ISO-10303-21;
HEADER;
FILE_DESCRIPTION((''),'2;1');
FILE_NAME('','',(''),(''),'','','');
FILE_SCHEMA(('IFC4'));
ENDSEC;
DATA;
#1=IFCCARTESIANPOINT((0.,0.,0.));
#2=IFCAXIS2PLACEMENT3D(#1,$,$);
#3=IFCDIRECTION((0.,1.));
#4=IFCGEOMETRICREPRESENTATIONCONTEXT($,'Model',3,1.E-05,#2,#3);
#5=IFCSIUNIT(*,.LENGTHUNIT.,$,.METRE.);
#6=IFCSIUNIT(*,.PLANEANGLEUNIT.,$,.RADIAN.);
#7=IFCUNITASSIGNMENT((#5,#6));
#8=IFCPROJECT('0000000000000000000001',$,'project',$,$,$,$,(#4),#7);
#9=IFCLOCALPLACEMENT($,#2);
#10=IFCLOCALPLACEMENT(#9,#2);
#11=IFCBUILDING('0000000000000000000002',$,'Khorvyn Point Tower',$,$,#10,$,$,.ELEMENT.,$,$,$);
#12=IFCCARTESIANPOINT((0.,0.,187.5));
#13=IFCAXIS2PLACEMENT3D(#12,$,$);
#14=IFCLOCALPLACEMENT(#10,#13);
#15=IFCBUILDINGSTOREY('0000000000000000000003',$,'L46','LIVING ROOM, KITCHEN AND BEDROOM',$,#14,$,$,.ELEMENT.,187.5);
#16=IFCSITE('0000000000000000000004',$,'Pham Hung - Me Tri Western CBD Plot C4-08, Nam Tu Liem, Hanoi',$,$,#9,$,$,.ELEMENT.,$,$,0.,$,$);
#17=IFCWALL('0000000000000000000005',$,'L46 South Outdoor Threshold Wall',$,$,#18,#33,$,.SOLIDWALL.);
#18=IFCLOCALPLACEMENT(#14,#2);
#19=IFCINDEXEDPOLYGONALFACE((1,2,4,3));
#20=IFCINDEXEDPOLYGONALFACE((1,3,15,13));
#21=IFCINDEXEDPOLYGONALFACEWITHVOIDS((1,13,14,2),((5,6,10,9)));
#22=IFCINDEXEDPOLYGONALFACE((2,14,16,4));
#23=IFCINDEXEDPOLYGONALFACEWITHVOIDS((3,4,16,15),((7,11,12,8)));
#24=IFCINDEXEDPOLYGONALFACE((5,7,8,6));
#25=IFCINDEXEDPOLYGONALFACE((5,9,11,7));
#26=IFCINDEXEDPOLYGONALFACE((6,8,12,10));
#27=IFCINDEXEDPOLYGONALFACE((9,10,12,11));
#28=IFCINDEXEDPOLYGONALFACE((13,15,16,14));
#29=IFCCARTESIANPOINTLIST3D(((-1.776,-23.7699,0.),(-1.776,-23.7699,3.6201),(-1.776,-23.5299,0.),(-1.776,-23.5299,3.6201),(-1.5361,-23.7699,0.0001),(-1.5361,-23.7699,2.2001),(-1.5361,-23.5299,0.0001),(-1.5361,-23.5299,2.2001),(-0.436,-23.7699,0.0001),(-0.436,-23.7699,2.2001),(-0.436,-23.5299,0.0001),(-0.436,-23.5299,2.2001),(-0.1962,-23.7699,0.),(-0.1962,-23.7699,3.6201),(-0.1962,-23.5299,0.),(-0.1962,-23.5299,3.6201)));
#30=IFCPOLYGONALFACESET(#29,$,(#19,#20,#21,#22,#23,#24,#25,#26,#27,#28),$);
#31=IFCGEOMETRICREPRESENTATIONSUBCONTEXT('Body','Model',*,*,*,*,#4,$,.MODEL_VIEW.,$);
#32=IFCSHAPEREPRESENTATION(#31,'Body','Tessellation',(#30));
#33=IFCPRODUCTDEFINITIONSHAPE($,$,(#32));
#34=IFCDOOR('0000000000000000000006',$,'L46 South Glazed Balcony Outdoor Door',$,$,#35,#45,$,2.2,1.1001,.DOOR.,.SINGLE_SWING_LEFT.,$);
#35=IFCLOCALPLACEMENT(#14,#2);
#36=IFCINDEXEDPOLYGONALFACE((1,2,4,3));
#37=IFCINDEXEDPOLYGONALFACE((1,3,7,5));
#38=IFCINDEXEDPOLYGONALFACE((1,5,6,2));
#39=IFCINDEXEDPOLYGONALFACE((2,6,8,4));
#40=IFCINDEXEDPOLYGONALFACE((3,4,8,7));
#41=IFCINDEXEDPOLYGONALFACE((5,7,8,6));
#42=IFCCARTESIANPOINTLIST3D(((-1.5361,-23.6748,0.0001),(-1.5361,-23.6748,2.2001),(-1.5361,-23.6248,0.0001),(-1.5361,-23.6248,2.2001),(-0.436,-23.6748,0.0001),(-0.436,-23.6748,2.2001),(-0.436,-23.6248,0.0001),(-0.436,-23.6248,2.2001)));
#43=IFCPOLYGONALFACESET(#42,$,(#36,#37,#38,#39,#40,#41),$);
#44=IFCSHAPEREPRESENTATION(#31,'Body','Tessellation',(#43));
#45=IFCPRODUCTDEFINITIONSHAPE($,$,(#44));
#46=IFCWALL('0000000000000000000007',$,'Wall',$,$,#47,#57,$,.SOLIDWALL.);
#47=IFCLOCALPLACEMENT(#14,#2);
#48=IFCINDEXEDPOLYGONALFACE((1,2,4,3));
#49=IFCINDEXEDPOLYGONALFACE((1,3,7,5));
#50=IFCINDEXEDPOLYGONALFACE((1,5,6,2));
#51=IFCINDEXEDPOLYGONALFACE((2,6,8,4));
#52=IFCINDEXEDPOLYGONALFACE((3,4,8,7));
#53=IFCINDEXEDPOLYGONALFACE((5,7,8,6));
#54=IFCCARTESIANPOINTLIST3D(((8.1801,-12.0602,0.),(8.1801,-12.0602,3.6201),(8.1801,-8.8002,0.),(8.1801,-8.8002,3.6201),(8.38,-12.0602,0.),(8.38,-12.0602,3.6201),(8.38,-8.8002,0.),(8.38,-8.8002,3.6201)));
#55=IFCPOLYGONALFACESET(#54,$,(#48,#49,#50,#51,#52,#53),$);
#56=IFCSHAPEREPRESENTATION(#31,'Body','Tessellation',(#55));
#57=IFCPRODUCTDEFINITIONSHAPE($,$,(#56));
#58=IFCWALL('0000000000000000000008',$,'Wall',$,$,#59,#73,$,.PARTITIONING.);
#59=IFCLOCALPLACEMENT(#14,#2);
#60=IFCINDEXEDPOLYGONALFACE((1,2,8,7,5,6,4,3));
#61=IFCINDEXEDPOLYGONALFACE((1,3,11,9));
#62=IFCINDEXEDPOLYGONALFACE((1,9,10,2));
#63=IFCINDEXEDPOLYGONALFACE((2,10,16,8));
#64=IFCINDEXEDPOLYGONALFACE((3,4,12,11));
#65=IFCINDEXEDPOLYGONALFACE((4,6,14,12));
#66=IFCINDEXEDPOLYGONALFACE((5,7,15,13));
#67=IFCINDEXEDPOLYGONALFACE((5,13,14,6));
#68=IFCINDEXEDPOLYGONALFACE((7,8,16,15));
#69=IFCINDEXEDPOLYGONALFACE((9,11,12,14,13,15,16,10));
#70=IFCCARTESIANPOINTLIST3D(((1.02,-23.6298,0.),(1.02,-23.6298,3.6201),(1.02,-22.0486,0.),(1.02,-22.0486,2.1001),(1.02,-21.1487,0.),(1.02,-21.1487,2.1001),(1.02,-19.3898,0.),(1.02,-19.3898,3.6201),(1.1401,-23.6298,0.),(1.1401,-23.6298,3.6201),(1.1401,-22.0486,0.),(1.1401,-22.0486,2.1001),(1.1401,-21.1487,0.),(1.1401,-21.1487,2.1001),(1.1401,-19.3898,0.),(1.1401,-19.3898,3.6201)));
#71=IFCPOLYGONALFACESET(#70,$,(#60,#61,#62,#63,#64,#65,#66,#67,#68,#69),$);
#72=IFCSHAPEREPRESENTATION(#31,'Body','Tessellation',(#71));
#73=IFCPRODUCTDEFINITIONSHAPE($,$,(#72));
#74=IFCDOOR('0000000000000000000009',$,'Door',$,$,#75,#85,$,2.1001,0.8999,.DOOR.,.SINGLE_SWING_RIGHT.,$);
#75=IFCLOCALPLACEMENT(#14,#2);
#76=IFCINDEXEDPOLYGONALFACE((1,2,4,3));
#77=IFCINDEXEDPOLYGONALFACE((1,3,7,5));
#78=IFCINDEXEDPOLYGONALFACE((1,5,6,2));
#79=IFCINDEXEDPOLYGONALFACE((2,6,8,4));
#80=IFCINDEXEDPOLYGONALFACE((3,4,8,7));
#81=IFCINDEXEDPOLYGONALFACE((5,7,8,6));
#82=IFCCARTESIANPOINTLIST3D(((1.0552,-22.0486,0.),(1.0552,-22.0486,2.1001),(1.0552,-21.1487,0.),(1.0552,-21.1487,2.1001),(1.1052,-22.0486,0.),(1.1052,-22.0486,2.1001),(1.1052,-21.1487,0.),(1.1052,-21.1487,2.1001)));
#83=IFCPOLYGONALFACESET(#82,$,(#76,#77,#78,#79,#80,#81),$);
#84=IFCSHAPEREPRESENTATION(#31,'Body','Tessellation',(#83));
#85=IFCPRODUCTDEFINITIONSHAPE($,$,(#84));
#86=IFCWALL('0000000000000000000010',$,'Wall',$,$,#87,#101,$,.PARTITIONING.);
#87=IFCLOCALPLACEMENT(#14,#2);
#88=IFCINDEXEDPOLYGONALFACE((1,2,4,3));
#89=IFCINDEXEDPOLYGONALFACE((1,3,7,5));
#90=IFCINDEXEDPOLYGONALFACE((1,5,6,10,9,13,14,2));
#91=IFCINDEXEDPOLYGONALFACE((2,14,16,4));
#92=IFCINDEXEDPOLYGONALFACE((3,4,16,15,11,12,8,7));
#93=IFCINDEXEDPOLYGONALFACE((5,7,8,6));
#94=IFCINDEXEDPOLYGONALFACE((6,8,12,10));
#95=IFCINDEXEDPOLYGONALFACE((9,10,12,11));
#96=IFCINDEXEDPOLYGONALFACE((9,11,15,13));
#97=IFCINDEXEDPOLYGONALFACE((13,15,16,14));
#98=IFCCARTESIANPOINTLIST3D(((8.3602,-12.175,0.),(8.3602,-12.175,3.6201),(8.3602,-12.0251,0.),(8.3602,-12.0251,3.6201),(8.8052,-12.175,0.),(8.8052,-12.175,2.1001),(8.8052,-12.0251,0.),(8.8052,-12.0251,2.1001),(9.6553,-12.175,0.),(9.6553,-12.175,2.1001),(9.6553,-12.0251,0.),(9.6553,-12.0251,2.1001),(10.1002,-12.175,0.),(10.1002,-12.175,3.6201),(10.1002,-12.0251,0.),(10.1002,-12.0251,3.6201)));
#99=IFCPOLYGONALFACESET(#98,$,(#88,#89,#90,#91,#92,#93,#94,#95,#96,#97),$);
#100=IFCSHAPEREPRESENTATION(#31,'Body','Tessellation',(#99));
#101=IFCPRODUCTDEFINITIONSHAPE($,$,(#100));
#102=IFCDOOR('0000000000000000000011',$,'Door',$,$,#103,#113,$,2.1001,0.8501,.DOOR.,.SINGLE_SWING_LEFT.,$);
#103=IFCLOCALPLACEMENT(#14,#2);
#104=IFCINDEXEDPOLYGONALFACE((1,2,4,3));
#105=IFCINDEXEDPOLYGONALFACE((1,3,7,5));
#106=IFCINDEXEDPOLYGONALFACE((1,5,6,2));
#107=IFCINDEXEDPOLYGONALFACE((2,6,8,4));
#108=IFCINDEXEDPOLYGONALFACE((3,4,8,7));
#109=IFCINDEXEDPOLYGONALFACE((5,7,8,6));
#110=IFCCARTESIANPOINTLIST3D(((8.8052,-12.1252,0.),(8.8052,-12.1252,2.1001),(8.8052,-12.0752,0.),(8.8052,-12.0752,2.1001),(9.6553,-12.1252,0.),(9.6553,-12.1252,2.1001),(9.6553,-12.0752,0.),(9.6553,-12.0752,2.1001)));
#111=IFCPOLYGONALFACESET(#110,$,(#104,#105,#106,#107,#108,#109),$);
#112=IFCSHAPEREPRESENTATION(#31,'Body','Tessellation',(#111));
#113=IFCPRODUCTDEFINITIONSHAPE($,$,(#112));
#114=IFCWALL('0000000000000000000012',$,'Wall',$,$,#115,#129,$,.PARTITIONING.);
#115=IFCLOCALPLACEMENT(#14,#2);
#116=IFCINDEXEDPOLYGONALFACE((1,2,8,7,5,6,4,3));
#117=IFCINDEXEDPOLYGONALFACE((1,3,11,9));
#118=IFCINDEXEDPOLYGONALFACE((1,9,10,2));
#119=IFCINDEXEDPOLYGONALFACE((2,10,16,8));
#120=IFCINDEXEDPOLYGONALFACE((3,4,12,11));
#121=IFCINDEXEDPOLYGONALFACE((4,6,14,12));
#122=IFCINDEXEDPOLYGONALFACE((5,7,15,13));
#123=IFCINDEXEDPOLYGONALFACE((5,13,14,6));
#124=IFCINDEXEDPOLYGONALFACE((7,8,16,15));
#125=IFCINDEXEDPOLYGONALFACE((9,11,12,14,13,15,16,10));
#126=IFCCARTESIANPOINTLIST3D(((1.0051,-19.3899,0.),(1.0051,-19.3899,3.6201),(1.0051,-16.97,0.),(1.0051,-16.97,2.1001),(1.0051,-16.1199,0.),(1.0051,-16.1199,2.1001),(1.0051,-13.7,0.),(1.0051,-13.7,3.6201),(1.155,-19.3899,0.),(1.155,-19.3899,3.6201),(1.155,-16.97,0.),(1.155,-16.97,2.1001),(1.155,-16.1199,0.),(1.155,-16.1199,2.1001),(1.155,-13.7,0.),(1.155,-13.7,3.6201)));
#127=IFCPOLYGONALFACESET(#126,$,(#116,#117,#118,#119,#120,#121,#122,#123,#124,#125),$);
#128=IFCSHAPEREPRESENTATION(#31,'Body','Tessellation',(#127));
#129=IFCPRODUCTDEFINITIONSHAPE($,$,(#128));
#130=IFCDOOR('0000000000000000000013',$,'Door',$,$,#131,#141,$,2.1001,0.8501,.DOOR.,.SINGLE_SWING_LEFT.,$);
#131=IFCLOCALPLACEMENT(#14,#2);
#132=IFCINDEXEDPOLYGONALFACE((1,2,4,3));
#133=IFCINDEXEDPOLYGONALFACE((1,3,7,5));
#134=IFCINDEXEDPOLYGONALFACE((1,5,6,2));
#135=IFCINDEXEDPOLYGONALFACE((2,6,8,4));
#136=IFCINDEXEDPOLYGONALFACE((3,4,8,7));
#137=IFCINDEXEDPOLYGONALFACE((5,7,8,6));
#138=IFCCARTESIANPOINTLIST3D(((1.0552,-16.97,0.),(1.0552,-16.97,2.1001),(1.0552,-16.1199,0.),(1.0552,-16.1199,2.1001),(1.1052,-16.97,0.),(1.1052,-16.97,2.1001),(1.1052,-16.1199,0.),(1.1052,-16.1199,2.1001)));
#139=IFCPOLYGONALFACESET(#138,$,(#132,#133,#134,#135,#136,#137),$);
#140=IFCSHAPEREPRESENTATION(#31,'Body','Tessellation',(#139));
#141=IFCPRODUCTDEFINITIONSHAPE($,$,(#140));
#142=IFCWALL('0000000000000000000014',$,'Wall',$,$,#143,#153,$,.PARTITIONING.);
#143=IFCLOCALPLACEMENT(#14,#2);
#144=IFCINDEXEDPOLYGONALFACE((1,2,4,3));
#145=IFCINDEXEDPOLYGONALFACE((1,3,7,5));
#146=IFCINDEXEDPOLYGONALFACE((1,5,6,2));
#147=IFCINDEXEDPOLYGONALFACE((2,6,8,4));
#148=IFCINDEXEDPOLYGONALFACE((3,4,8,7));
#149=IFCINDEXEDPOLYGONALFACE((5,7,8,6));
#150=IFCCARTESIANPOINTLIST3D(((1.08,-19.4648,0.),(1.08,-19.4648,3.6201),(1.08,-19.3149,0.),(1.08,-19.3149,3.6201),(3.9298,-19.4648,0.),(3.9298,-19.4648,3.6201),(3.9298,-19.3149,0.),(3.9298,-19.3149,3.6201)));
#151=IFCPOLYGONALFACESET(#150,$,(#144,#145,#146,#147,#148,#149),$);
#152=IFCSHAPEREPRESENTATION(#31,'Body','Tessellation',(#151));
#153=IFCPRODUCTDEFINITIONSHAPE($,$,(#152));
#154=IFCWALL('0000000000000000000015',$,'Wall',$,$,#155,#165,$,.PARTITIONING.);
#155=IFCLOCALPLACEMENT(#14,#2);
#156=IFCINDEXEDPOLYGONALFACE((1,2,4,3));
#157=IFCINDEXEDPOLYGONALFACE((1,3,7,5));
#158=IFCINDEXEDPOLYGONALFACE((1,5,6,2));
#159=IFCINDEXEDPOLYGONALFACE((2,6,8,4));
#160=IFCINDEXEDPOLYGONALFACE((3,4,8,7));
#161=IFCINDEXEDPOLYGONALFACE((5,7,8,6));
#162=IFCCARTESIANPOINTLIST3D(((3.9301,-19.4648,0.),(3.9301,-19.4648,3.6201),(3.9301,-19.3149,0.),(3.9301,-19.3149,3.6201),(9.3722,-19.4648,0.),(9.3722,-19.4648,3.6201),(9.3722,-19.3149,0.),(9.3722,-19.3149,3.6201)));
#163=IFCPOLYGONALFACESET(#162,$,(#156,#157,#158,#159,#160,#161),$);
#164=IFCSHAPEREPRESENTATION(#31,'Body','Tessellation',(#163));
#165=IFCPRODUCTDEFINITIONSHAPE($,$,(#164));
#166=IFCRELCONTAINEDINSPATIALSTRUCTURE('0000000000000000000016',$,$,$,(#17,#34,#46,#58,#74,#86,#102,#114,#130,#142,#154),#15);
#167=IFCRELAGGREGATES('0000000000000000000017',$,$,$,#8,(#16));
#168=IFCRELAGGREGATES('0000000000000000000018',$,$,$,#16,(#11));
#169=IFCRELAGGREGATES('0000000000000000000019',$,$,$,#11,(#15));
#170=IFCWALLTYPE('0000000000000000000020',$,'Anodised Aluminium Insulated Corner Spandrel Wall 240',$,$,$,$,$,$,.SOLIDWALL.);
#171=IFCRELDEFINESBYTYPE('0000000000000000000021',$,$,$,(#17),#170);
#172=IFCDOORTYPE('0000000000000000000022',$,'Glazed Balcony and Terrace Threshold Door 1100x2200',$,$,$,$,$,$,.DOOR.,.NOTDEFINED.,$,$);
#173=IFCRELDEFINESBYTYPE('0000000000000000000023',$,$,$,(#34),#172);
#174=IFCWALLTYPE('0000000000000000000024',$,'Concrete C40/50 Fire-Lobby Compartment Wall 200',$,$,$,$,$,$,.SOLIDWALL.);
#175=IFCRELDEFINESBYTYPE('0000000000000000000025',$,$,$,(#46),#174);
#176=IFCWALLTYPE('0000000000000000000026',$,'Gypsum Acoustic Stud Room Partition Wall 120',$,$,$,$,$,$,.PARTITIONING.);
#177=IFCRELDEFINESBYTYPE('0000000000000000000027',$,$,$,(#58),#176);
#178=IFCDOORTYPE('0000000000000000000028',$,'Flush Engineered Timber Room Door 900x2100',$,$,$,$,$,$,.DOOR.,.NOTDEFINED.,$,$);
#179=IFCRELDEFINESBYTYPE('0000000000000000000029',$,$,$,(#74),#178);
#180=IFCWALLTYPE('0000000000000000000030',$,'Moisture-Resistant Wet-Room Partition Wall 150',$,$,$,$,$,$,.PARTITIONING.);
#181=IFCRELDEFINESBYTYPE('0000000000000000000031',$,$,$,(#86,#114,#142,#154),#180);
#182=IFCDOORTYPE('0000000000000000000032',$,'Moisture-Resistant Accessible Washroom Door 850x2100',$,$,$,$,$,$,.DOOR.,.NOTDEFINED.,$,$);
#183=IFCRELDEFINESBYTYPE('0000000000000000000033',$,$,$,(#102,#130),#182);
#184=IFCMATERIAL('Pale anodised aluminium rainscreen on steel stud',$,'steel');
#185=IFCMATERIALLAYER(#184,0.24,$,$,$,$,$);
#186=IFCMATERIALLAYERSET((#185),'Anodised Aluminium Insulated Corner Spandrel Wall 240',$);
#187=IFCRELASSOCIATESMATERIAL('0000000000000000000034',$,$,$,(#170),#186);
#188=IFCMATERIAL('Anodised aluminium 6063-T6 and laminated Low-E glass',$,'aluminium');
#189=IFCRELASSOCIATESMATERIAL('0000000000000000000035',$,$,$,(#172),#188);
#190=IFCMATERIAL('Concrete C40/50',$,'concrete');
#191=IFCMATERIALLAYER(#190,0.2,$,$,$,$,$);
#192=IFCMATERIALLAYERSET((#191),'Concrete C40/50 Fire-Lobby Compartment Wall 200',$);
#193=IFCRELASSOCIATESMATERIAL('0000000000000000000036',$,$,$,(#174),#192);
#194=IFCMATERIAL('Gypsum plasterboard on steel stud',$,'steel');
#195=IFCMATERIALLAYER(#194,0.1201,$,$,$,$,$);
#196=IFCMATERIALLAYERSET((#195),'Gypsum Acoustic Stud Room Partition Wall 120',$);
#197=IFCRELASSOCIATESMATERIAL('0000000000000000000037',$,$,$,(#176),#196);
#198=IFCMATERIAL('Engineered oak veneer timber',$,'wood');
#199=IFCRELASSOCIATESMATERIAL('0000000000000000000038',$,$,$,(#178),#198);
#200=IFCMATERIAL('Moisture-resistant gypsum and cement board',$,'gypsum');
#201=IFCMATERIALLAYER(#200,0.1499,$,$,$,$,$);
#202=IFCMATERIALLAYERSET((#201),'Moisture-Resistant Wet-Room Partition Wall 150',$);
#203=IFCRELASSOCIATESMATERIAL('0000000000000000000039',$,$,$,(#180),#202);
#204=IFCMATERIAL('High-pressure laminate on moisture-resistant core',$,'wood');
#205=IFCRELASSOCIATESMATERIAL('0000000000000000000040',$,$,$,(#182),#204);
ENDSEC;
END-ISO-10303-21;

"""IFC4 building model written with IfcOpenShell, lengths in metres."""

from ifc_helpers import new_model, si_unit, direction, frame, frame_2d, origin, place, context, subcontext, project, spatial, rectangle, extrude, material, layer, layer_set, type_object, element, fill, save


model = new_model("IFC4")

# Units and contexts
model_context = context("Model", 3, precision=1e-05, world=origin(), true_north=direction((0.0, 1.0)))
body_context = subcontext(model_context, "Body", "Model", "MODEL_VIEW")
ifc_project = project(units=[si_unit("LENGTHUNIT", "METRE"), si_unit("PLANEANGLEUNIT", "RADIAN")], contexts=[model_context])

# Site, building, storey
site_placement = place(None, origin())
site = spatial("IfcSite", under=ifc_project, at=site_placement, Name="Pham Hung - Me Tri Western CBD Plot C4-08, Nam Tu Liem, Hanoi", CompositionType="ELEMENT", RefElevation=0.0)
building_placement = place(site_placement, origin())
building = spatial("IfcBuilding", under=site, at=building_placement, Name="Khorvyn Point Tower", CompositionType="ELEMENT")
storey_placement = place(building_placement, frame((0.0, 0.0, 187.5)))
storey = spatial("IfcBuildingStorey", under=building, at=storey_placement, Name="L46", Description="LIVING ROOM, KITCHEN AND BEDROOM", CompositionType="ELEMENT", Elevation=187.5)

# Shared definitions
ifc_material_1 = material(Name="Anodised aluminium 6063-T6 and laminated Low-E glass", Category="aluminium")

# Wall, opening, door
ifc_material_2 = material(Name="Pale anodised aluminium rainscreen on steel stud", Category="steel")
ifc_layer_1 = layer(ifc_material_2, 0.24)
ifc_layer_set_1 = layer_set([ifc_layer_1], Name="Anodised Aluminium Insulated Corner Spandrel Wall 240")
wall_type_1 = type_object("IfcWallType", Name="Anodised Aluminium Insulated Corner Spandrel Wall 240", PredefinedType="SOLIDWALL", material=ifc_layer_set_1)
wall_1_placement = place(storey_placement, frame((-0.196, -23.6499, 0.0), z_axis=(0.0, 0.0, 1.0), x_axis=(-1.0, 0.0, 0.0)))
wall_1 = element("IfcWall", 1, at=wall_1_placement, inside=storey, type_object=wall_type_1, Name="L46 South Outdoor Threshold Wall", PredefinedType="SOLIDWALL", context=body_context, shape_type="SweptSolid", body=[
    extrude(rectangle(XDim=1.5798, YDim=0.24, at=frame_2d((0.79, 0.0))), origin(), (0.0, 0.0, 1.0), 3.6201),
])
opening_1_placement = place(wall_1_placement, frame((0.24, 0.0, 0.0)))
opening_1 = element("IfcOpeningElement", 2, at=opening_1_placement, cuts=wall_1, PredefinedType="OPENING", context=body_context, shape_type="SweptSolid", body=[
    extrude(rectangle(XDim=1.1001, YDim=2.2, at=frame_2d((0.55, 1.1001))), frame((0.0, 0.1299, 0.0), z_axis=(0.0, -1.0, 0.0), x_axis=(1.0, 0.0, 0.0)), (0.0, 0.0, 1.0), 0.26),
])
door_type_1 = type_object("IfcDoorType", Name="Glazed Balcony and Terrace Threshold Door 1100x2200", OperationType="NOTDEFINED", PredefinedType="DOOR", material=ifc_material_1)
door_1_placement = place(opening_1_placement, origin())
door_1 = element("IfcDoor", 3, at=door_1_placement, inside=storey, type_object=door_type_1, Name="L46 South Glazed Balcony Outdoor Door", OperationType="SINGLE_SWING_LEFT", OverallHeight=2.2, OverallWidth=1.1001, PredefinedType="DOOR", context=body_context, shape_type="SweptSolid", body=[
    extrude(rectangle(XDim=1.1001, YDim=2.2, at=frame_2d((0.55, 1.1001))), frame((0.0, 0.0249, 0.0), z_axis=(0.0, -1.0, 0.0), x_axis=(1.0, 0.0, 0.0)), (0.0, 0.0, 1.0), 0.05),
])
fill(opening_1, door_1)
ifc_material_3 = material(Name="Concrete C40/50", Category="concrete")
ifc_layer_2 = layer(ifc_material_3, 0.2)
ifc_layer_set_2 = layer_set([ifc_layer_2], Name="Concrete C40/50 Fire-Lobby Compartment Wall 200")
wall_type_2 = type_object("IfcWallType", Name="Concrete C40/50 Fire-Lobby Compartment Wall 200", PredefinedType="SOLIDWALL", material=ifc_layer_set_2)

# Wall
wall_2_placement = place(storey_placement, frame((8.28, -12.0601, 0.0), z_axis=(0.0, 0.0, 1.0), x_axis=(0.0, 1.0, 0.0)))
element("IfcWall", 4, at=wall_2_placement, inside=storey, type_object=wall_type_2, Name="Wall", PredefinedType="SOLIDWALL", context=body_context, shape_type="SweptSolid", body=[
    extrude(rectangle(XDim=3.26, YDim=0.2, at=frame_2d((1.6299, 0.0))), origin(), (0.0, 0.0, 1.0), 3.6201),
])

# Walls, openings, doors
ifc_material_4 = material(Name="Gypsum plasterboard on steel stud", Category="steel")
ifc_layer_3 = layer(ifc_material_4, 0.1201)
ifc_layer_set_3 = layer_set([ifc_layer_3], Name="Gypsum Acoustic Stud Room Partition Wall 120")
wall_type_3 = type_object("IfcWallType", Name="Gypsum Acoustic Stud Room Partition Wall 120", PredefinedType="PARTITIONING", material=ifc_layer_set_3)
wall_3_placement = place(storey_placement, frame((1.0801, -23.6299, 0.0), z_axis=(0.0, 0.0, 1.0), x_axis=(0.0, 1.0, 0.0)))
wall_3 = element("IfcWall", 5, at=wall_3_placement, inside=storey, type_object=wall_type_3, Name="Wall", PredefinedType="PARTITIONING", context=body_context, shape_type="SweptSolid", body=[
    extrude(rectangle(XDim=4.24, YDim=0.1201, at=frame_2d((2.1201, 0.0))), origin(), (0.0, 0.0, 1.0), 3.6201),
])
opening_2_placement = place(wall_3_placement, frame((1.5813, 0.0, 0.0)))
opening_2 = element("IfcOpeningElement", 6, at=opening_2_placement, cuts=wall_3, PredefinedType="OPENING", context=body_context, shape_type="SweptSolid", body=[
    extrude(rectangle(XDim=0.8999, YDim=2.1001, at=frame_2d((0.45, 1.05))), frame((0.0, 0.0701, 0.0), z_axis=(0.0, -1.0, 0.0), x_axis=(1.0, 0.0, 0.0)), (0.0, 0.0, 1.0), 0.1401),
])
ifc_material_5 = material(Name="Engineered oak veneer timber", Category="wood")
door_type_2 = type_object("IfcDoorType", Name="Flush Engineered Timber Room Door 900x2100", OperationType="NOTDEFINED", PredefinedType="DOOR", material=ifc_material_5)
door_2_placement = place(opening_2_placement, origin())
door_2 = element("IfcDoor", 7, at=door_2_placement, inside=storey, type_object=door_type_2, Name="Door", OperationType="SINGLE_SWING_RIGHT", OverallHeight=2.1001, OverallWidth=0.8999, PredefinedType="DOOR", context=body_context, shape_type="SweptSolid", body=[
    extrude(rectangle(XDim=0.8999, YDim=2.1001, at=frame_2d((0.45, 1.05))), frame((0.0, 0.0249, 0.0), z_axis=(0.0, -1.0, 0.0), x_axis=(1.0, 0.0, 0.0)), (0.0, 0.0, 1.0), 0.05),
])
fill(opening_2, door_2)
ifc_material_6 = material(Name="Moisture-resistant gypsum and cement board", Category="gypsum")
ifc_layer_4 = layer(ifc_material_6, 0.1499)
ifc_layer_set_4 = layer_set([ifc_layer_4], Name="Moisture-Resistant Wet-Room Partition Wall 150")
wall_type_4 = type_object("IfcWallType", Name="Moisture-Resistant Wet-Room Partition Wall 150", PredefinedType="PARTITIONING", material=ifc_layer_set_4)
wall_4_placement = place(storey_placement, frame((8.3601, -12.1001, 0.0), z_axis=(0.0, 0.0, 1.0), x_axis=(1.0, 0.0, 0.0)))
wall_4 = element("IfcWall", 8, at=wall_4_placement, inside=storey, type_object=wall_type_4, Name="Wall", PredefinedType="PARTITIONING", context=body_context, shape_type="SweptSolid", body=[
    extrude(rectangle(XDim=1.74, YDim=0.1499, at=frame_2d((0.8701, 0.0))), origin(), (0.0, 0.0, 1.0), 3.6201),
])
opening_3_placement = place(wall_4_placement, frame((0.4451, 0.0, 0.0)))
opening_3 = element("IfcOpeningElement", 9, at=opening_3_placement, cuts=wall_4, PredefinedType="OPENING", context=body_context, shape_type="SweptSolid", body=[
    extrude(rectangle(XDim=0.8501, YDim=2.1001, at=frame_2d((0.425, 1.05))), frame((0.0, 0.085, 0.0), z_axis=(0.0, -1.0, 0.0), x_axis=(1.0, 0.0, 0.0)), (0.0, 0.0, 1.0), 0.1699),
])
ifc_material_7 = material(Name="High-pressure laminate on moisture-resistant core", Category="wood")
door_type_3 = type_object("IfcDoorType", Name="Moisture-Resistant Accessible Washroom Door 850x2100", OperationType="NOTDEFINED", PredefinedType="DOOR", material=ifc_material_7)
door_3_placement = place(opening_3_placement, origin())
door_3 = element("IfcDoor", 10, at=door_3_placement, inside=storey, type_object=door_type_3, Name="Door", OperationType="SINGLE_SWING_LEFT", OverallHeight=2.1001, OverallWidth=0.8501, PredefinedType="DOOR", context=body_context, shape_type="SweptSolid", body=[
    extrude(rectangle(XDim=0.8501, YDim=2.1001, at=frame_2d((0.425, 1.05))), frame((0.0, 0.0249, 0.0), z_axis=(0.0, -1.0, 0.0), x_axis=(1.0, 0.0, 0.0)), (0.0, 0.0, 1.0), 0.05),
])
fill(opening_3, door_3)
wall_5_placement = place(storey_placement, frame((1.0801, -19.3899, 0.0), z_axis=(0.0, 0.0, 1.0), x_axis=(0.0, 1.0, 0.0)))
wall_5 = element("IfcWall", 11, at=wall_5_placement, inside=storey, type_object=wall_type_4, Name="Wall", PredefinedType="PARTITIONING", context=body_context, shape_type="SweptSolid", body=[
    extrude(rectangle(XDim=5.6899, YDim=0.1499, at=frame_2d((2.845, 0.0))), origin(), (0.0, 0.0, 1.0), 3.6201),
])
opening_4_placement = place(wall_5_placement, frame((2.4199, 0.0, 0.0)))
opening_4 = element("IfcOpeningElement", 12, at=opening_4_placement, cuts=wall_5, PredefinedType="OPENING", context=body_context, shape_type="SweptSolid", body=[
    extrude(rectangle(XDim=0.8501, YDim=2.1001, at=frame_2d((0.425, 1.05))), frame((0.0, 0.085, 0.0), z_axis=(0.0, -1.0, 0.0), x_axis=(1.0, 0.0, 0.0)), (0.0, 0.0, 1.0), 0.1699),
])
door_4_placement = place(opening_4_placement, origin())
door_4 = element("IfcDoor", 13, at=door_4_placement, inside=storey, type_object=door_type_3, Name="Door", OperationType="SINGLE_SWING_LEFT", OverallHeight=2.1001, OverallWidth=0.8501, PredefinedType="DOOR", context=body_context, shape_type="SweptSolid", body=[
    extrude(rectangle(XDim=0.8501, YDim=2.1001, at=frame_2d((0.425, 1.05))), frame((0.0, 0.0249, 0.0), z_axis=(0.0, -1.0, 0.0), x_axis=(1.0, 0.0, 0.0)), (0.0, 0.0, 1.0), 0.05),
])
fill(opening_4, door_4)

# Walls
wall_6_placement = place(storey_placement, frame((1.0801, -19.3899, 0.0), z_axis=(0.0, 0.0, 1.0), x_axis=(1.0, 0.0, 0.0)))
element("IfcWall", 14, at=wall_6_placement, inside=storey, type_object=wall_type_4, Name="Wall", PredefinedType="PARTITIONING", context=body_context, shape_type="SweptSolid", body=[
    extrude(rectangle(XDim=2.8499, YDim=0.1499, at=frame_2d((1.4248, 0.0))), origin(), (0.0, 0.0, 1.0), 3.6201),
])
wall_7_placement = place(storey_placement, frame((3.9299, -19.3899, 0.0), z_axis=(0.0, 0.0, 1.0), x_axis=(1.0, 0.0, 0.0)))
element("IfcWall", 15, at=wall_7_placement, inside=storey, type_object=wall_type_4, Name="Wall", PredefinedType="PARTITIONING", context=body_context, shape_type="SweptSolid", body=[
    extrude(rectangle(XDim=5.4421, YDim=0.1499, at=frame_2d((2.7212, 0.0))), origin(), (0.0, 0.0, 1.0), 3.6201),
])

save(model, "model.ifc")
